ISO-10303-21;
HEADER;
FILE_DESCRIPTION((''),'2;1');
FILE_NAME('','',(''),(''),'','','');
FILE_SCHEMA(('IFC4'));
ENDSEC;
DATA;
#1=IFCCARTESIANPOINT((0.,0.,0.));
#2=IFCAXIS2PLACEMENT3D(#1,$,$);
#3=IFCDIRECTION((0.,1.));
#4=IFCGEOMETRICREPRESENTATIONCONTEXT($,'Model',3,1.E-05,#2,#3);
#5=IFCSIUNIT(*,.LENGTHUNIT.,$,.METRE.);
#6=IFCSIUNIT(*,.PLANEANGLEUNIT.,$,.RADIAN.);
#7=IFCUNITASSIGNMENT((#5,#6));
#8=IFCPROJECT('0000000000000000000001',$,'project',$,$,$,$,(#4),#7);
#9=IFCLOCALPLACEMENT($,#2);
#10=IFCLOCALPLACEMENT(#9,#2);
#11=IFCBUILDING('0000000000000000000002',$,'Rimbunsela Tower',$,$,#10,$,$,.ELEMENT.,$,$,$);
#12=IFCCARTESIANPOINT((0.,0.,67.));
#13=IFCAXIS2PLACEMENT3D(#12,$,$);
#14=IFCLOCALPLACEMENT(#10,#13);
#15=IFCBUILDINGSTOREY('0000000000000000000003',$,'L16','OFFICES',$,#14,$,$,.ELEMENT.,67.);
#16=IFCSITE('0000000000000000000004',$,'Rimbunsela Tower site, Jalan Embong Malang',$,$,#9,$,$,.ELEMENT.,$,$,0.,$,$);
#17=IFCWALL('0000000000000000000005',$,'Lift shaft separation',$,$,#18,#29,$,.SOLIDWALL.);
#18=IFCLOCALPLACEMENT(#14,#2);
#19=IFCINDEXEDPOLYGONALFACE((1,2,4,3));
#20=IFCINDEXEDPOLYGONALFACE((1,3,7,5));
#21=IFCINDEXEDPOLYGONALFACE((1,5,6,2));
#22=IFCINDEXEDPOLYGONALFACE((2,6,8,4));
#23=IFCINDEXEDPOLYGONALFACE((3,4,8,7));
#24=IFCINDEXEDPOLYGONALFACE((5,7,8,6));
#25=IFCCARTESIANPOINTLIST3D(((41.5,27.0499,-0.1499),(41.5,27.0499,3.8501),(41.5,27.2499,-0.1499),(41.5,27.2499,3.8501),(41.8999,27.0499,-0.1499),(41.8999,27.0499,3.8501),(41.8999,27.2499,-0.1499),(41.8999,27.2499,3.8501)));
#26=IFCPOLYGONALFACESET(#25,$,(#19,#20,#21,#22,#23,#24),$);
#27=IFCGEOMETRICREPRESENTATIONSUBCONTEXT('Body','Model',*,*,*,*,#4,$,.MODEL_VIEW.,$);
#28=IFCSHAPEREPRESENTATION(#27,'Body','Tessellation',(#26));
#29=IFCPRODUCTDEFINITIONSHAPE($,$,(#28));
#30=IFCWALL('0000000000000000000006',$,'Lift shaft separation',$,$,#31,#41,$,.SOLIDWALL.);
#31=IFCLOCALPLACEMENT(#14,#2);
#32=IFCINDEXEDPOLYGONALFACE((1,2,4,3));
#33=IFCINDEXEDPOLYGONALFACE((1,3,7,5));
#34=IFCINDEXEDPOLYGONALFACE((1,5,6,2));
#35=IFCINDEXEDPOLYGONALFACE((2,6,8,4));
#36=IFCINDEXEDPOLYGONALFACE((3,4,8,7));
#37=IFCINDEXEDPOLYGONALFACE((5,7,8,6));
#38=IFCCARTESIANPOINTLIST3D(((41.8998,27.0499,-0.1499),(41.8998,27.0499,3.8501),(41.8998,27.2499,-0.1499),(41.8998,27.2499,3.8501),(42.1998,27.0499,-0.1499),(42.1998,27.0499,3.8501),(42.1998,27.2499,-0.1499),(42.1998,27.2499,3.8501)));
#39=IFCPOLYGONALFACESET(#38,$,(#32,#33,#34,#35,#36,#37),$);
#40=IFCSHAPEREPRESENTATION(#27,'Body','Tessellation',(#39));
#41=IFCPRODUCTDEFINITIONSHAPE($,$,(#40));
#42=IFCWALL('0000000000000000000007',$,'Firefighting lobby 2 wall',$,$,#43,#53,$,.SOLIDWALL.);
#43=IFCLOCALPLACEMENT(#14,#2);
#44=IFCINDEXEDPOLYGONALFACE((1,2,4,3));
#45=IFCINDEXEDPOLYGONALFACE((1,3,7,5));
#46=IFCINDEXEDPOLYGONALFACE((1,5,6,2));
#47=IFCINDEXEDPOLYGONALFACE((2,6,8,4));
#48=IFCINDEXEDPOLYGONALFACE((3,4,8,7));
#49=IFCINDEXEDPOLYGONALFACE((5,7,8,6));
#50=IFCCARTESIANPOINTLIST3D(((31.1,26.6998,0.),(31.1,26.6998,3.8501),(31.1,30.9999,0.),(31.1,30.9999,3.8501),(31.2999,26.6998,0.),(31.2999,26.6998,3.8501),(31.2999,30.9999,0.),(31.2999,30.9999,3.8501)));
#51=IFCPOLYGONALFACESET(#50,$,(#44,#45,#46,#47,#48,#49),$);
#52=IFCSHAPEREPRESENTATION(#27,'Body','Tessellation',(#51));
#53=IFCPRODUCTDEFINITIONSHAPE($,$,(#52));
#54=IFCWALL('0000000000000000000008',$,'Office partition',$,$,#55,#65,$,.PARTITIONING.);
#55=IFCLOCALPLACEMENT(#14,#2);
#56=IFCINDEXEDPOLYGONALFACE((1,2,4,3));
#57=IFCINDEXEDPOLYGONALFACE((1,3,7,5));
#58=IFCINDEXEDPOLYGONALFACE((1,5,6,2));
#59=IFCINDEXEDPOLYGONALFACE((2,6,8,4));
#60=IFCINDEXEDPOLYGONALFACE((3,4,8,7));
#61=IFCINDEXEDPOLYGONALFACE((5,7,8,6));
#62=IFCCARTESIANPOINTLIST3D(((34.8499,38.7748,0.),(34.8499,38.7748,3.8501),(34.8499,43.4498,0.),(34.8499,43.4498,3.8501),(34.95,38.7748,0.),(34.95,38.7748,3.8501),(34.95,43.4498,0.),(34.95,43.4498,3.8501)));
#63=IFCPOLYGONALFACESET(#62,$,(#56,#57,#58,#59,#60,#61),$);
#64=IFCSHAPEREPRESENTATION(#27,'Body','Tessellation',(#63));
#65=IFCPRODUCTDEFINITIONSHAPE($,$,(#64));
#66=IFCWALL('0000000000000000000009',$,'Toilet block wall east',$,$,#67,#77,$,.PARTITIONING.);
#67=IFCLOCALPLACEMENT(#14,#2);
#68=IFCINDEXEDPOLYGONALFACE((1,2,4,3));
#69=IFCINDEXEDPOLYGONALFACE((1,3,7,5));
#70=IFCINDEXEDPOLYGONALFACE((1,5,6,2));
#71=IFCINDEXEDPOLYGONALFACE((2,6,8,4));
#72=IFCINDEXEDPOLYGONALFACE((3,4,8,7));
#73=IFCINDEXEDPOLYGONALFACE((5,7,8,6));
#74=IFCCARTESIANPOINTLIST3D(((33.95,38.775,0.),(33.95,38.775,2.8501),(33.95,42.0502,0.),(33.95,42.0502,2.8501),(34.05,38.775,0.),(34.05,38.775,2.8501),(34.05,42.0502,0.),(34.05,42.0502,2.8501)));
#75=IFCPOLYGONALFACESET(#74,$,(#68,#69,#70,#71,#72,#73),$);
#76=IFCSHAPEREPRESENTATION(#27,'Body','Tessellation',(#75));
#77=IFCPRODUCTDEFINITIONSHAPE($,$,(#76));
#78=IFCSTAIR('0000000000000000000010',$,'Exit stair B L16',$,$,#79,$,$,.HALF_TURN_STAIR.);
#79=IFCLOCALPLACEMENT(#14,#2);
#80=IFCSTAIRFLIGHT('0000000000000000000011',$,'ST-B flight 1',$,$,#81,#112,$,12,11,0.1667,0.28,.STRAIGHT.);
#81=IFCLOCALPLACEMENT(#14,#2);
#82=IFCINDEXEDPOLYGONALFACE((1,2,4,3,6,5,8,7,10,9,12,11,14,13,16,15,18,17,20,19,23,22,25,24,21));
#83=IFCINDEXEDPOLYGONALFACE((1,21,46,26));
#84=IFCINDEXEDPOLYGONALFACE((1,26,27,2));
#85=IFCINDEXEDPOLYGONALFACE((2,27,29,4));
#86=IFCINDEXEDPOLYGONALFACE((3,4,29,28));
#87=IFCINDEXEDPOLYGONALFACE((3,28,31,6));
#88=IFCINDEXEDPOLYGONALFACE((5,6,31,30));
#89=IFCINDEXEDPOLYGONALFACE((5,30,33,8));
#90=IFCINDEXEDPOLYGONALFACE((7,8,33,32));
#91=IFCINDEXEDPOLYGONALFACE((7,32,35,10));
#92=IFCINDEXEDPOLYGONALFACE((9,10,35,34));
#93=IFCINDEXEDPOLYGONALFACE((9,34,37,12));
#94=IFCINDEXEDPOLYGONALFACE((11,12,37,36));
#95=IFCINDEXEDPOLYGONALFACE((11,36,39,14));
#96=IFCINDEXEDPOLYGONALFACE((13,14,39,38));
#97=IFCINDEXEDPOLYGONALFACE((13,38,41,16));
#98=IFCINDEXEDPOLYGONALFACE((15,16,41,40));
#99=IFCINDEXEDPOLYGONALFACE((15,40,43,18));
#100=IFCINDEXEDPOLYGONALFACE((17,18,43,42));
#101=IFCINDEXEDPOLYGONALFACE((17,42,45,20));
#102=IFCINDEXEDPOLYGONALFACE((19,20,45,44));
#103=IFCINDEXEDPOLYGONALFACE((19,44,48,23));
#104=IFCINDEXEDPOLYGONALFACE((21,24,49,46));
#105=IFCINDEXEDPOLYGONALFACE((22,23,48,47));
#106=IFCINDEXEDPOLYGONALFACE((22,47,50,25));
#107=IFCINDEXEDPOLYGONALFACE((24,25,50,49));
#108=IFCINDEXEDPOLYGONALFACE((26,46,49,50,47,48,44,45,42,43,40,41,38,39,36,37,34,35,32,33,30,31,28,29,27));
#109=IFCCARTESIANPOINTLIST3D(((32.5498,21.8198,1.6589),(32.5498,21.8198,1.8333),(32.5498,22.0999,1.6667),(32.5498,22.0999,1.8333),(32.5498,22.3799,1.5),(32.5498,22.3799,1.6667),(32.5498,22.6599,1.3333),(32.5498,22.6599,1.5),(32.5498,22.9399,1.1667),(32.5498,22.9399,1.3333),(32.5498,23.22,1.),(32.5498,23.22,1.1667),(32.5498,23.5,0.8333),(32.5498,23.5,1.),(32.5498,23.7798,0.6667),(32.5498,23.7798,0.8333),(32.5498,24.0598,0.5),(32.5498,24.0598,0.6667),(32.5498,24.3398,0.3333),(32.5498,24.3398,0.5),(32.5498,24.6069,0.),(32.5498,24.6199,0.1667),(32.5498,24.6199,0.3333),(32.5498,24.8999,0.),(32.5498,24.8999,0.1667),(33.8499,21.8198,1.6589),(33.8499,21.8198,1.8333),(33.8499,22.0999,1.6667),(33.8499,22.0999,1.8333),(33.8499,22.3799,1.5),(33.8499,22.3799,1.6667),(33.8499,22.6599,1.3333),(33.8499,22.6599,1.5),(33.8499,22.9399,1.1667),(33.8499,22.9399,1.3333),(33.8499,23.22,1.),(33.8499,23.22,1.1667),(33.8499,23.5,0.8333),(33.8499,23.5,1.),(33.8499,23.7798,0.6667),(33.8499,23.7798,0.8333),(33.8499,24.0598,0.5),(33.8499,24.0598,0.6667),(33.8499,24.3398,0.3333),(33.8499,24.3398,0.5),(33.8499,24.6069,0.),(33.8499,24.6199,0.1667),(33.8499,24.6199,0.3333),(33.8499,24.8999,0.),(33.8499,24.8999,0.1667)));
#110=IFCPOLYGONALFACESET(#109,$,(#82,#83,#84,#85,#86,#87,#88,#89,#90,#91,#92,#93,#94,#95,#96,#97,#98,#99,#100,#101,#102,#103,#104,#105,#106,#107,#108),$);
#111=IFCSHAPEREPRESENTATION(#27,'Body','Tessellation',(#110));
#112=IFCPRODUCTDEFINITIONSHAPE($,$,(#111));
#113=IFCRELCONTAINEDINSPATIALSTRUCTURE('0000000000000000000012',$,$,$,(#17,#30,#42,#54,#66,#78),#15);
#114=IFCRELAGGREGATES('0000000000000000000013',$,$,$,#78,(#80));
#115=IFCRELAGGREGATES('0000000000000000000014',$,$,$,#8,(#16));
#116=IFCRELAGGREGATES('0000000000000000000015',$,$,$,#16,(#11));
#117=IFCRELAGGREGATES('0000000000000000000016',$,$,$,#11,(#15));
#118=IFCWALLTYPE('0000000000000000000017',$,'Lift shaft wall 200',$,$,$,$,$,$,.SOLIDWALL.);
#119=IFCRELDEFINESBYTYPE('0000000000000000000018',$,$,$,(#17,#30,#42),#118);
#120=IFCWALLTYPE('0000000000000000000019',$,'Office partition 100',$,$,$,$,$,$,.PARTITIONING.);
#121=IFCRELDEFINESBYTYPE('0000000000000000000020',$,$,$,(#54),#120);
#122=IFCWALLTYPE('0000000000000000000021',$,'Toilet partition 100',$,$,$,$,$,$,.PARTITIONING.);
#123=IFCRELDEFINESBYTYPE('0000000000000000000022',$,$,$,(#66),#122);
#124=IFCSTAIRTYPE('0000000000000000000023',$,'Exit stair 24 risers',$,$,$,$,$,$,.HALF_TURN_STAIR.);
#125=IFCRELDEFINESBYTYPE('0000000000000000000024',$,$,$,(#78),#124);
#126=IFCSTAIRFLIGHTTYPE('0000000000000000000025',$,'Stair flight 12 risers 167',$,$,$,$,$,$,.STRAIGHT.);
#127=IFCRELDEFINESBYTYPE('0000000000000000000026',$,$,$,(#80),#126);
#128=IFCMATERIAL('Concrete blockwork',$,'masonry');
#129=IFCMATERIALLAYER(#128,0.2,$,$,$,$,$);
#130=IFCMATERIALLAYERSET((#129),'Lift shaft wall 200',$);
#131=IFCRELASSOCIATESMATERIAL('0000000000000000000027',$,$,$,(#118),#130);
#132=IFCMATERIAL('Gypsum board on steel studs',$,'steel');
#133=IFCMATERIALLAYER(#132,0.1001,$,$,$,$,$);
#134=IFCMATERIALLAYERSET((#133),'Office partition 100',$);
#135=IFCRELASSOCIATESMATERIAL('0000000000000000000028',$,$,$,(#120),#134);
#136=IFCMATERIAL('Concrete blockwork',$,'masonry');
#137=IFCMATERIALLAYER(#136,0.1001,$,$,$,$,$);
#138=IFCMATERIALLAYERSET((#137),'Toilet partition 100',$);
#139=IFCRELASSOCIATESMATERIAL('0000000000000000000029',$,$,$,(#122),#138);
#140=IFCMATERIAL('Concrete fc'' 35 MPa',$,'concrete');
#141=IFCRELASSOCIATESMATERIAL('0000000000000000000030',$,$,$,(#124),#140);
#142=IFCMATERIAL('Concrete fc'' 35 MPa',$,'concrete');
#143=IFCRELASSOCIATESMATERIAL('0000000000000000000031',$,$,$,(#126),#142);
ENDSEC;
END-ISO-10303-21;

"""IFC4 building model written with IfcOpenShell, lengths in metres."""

from ifc_helpers import new_model, si_unit, direction, frame, frame_2d, origin, place, context, subcontext, project, spatial, polyline, rectangle, outline, extrude, material, layer, layer_set, type_object, element, aggregate, save


model = new_model("IFC4")

# Units and contexts
model_context = context("Model", 3, precision=1e-05, world=origin(), true_north=direction((0.0, 1.0)))
body_context = subcontext(model_context, "Body", "Model", "MODEL_VIEW")
ifc_project = project(units=[si_unit("LENGTHUNIT", "METRE"), si_unit("PLANEANGLEUNIT", "RADIAN")], contexts=[model_context])

# Site, building, storey
site_placement = place(None, origin())
site = spatial("IfcSite", under=ifc_project, at=site_placement, Name="Rimbunsela Tower site, Jalan Embong Malang", CompositionType="ELEMENT", RefElevation=0.0)
building_placement = place(site_placement, origin())
building = spatial("IfcBuilding", under=site, at=building_placement, Name="Rimbunsela Tower", CompositionType="ELEMENT")
storey_placement = place(building_placement, frame((0.0, 0.0, 67.0)))
storey = spatial("IfcBuildingStorey", under=building, at=storey_placement, Name="L16", Description="OFFICES", CompositionType="ELEMENT", Elevation=67.0)

# Walls
ifc_material_1 = material(Name="Concrete blockwork", Category="masonry")
ifc_layer_1 = layer(ifc_material_1, 0.2)
ifc_layer_set_1 = layer_set([ifc_layer_1], Name="Lift shaft wall 200")
wall_type_1 = type_object("IfcWallType", Name="Lift shaft wall 200", PredefinedType="SOLIDWALL", material=ifc_layer_set_1)
wall_1_placement = place(storey_placement, frame((41.5, 27.1499, -0.1499), z_axis=(0.0, 0.0, 1.0), x_axis=(1.0, 0.0, 0.0)))
element("IfcWall", 1, at=wall_1_placement, inside=storey, type_object=wall_type_1, Name="Lift shaft separation", PredefinedType="SOLIDWALL", context=body_context, shape_type="SweptSolid", body=[
    extrude(rectangle(XDim=0.3999, YDim=0.2, at=frame_2d((0.2, 0.0))), origin(), (0.0, 0.0, 1.0), 4.0),
])
wall_2_placement = place(storey_placement, frame((41.8999, 27.1499, -0.1499), z_axis=(0.0, 0.0, 1.0), x_axis=(1.0, 0.0, 0.0)))
element("IfcWall", 2, at=wall_2_placement, inside=storey, type_object=wall_type_1, Name="Lift shaft separation", PredefinedType="SOLIDWALL", context=body_context, shape_type="SweptSolid", body=[
    extrude(rectangle(XDim=0.3, YDim=0.2, at=frame_2d((0.1499, 0.0))), origin(), (0.0, 0.0, 1.0), 4.0),
])
wall_3_placement = place(storey_placement, frame((31.2, 26.7, 0.0), z_axis=(0.0, 0.0, 1.0), x_axis=(0.0, 1.0, 0.0)))
element("IfcWall", 3, at=wall_3_placement, inside=storey, type_object=wall_type_1, Name="Firefighting lobby 2 wall", PredefinedType="SOLIDWALL", context=body_context, shape_type="SweptSolid", body=[
    extrude(rectangle(XDim=4.3, YDim=0.2, at=frame_2d((2.1499, 0.0))), origin(), (0.0, 0.0, 1.0), 3.8501),
])
ifc_material_2 = material(Name="Gypsum board on steel studs", Category="steel")
ifc_layer_2 = layer(ifc_material_2, 0.1001)
ifc_layer_set_2 = layer_set([ifc_layer_2], Name="Office partition 100")
wall_type_2 = type_object("IfcWallType", Name="Office partition 100", PredefinedType="PARTITIONING", material=ifc_layer_set_2)
wall_4_placement = place(storey_placement, frame((34.8999, 38.7749, 0.0), z_axis=(0.0, 0.0, 1.0), x_axis=(0.0, 1.0, 0.0)))
element("IfcWall", 4, at=wall_4_placement, inside=storey, type_object=wall_type_2, Name="Office partition", PredefinedType="PARTITIONING", context=body_context, shape_type="SweptSolid", body=[
    extrude(rectangle(XDim=4.675, YDim=0.1001, at=frame_2d((2.3374, 0.0))), origin(), (0.0, 0.0, 1.0), 3.8501),
])
ifc_material_3 = material(Name="Concrete blockwork", Category="masonry")
ifc_layer_3 = layer(ifc_material_3, 0.1001)
ifc_layer_set_3 = layer_set([ifc_layer_3], Name="Toilet partition 100")
wall_type_3 = type_object("IfcWallType", Name="Toilet partition 100", PredefinedType="PARTITIONING", material=ifc_layer_set_3)
wall_5_placement = place(storey_placement, frame((34.0, 38.7749, 0.0), z_axis=(0.0, 0.0, 1.0), x_axis=(0.0, 1.0, 0.0)))
element("IfcWall", 5, at=wall_5_placement, inside=storey, type_object=wall_type_3, Name="Toilet block wall east", PredefinedType="PARTITIONING", context=body_context, shape_type="SweptSolid", body=[
    extrude(rectangle(XDim=3.2751, YDim=0.1001, at=frame_2d((1.6377, 0.0))), origin(), (0.0, 0.0, 1.0), 2.8501),
])

# Stair, stair flight
ifc_material_4 = material(Name="Concrete fc' 35 MPa", Category="concrete")
stair_type = type_object("IfcStairType", Name="Exit stair 24 risers", PredefinedType="HALF_TURN_STAIR", material=ifc_material_4)
stair_placement = place(storey_placement, origin())
stair = element("IfcStair", 6, at=stair_placement, inside=storey, type_object=stair_type, Name="Exit stair B L16", PredefinedType="HALF_TURN_STAIR")
ifc_material_5 = material(Name="Concrete fc' 35 MPa", Category="concrete")
stair_flight_type = type_object("IfcStairFlightType", Name="Stair flight 12 risers 167", PredefinedType="STRAIGHT", material=ifc_material_5)
stair_flight_placement = place(storey_placement, frame((33.2, 24.8999, 0.0), z_axis=(0.0, 0.0, 1.0), x_axis=(0.0, -1.0, 0.0)))
stair_flight = element("IfcStairFlight", 7, at=stair_flight_placement, type_object=stair_flight_type, Name="ST-B flight 1", NumberOfRisers=12, NumberOfTreads=11, PredefinedType="STRAIGHT", RiserHeight=0.1667, TreadLength=0.28, context=body_context, shape_type="SweptSolid", body=[
    extrude(outline(polyline([(0.0, 0.0), (0.0, 0.1667), (0.28, 0.1667), (0.28, 0.3333), (0.5601, 0.3333), (0.5601, 0.5), (0.8401, 0.5), (0.8401, 0.6667), (1.1201, 0.6667), (1.1201, 0.8333), (1.3999, 0.8333), (1.3999, 1.0), (1.6799, 1.0), (1.6799, 1.1667), (1.96, 1.1667), (1.96, 1.3333), (2.24, 1.3333), (2.24, 1.5), (2.52, 1.5), (2.52, 1.6667), (2.8, 1.6667), (2.8, 1.8333), (3.0801, 1.8333), (3.0801, 2.0), (3.0801, 1.6589), (0.293, 0.0), (0.0, 0.0)])), frame((0.0, 0.6499, 0.0), z_axis=(0.0, -1.0, 0.0), x_axis=(1.0, 0.0, 0.0)), (0.0, 0.0, 1.0), 1.3),
])
aggregate(stair, [stair_flight])

save(model, "model.ifc")
